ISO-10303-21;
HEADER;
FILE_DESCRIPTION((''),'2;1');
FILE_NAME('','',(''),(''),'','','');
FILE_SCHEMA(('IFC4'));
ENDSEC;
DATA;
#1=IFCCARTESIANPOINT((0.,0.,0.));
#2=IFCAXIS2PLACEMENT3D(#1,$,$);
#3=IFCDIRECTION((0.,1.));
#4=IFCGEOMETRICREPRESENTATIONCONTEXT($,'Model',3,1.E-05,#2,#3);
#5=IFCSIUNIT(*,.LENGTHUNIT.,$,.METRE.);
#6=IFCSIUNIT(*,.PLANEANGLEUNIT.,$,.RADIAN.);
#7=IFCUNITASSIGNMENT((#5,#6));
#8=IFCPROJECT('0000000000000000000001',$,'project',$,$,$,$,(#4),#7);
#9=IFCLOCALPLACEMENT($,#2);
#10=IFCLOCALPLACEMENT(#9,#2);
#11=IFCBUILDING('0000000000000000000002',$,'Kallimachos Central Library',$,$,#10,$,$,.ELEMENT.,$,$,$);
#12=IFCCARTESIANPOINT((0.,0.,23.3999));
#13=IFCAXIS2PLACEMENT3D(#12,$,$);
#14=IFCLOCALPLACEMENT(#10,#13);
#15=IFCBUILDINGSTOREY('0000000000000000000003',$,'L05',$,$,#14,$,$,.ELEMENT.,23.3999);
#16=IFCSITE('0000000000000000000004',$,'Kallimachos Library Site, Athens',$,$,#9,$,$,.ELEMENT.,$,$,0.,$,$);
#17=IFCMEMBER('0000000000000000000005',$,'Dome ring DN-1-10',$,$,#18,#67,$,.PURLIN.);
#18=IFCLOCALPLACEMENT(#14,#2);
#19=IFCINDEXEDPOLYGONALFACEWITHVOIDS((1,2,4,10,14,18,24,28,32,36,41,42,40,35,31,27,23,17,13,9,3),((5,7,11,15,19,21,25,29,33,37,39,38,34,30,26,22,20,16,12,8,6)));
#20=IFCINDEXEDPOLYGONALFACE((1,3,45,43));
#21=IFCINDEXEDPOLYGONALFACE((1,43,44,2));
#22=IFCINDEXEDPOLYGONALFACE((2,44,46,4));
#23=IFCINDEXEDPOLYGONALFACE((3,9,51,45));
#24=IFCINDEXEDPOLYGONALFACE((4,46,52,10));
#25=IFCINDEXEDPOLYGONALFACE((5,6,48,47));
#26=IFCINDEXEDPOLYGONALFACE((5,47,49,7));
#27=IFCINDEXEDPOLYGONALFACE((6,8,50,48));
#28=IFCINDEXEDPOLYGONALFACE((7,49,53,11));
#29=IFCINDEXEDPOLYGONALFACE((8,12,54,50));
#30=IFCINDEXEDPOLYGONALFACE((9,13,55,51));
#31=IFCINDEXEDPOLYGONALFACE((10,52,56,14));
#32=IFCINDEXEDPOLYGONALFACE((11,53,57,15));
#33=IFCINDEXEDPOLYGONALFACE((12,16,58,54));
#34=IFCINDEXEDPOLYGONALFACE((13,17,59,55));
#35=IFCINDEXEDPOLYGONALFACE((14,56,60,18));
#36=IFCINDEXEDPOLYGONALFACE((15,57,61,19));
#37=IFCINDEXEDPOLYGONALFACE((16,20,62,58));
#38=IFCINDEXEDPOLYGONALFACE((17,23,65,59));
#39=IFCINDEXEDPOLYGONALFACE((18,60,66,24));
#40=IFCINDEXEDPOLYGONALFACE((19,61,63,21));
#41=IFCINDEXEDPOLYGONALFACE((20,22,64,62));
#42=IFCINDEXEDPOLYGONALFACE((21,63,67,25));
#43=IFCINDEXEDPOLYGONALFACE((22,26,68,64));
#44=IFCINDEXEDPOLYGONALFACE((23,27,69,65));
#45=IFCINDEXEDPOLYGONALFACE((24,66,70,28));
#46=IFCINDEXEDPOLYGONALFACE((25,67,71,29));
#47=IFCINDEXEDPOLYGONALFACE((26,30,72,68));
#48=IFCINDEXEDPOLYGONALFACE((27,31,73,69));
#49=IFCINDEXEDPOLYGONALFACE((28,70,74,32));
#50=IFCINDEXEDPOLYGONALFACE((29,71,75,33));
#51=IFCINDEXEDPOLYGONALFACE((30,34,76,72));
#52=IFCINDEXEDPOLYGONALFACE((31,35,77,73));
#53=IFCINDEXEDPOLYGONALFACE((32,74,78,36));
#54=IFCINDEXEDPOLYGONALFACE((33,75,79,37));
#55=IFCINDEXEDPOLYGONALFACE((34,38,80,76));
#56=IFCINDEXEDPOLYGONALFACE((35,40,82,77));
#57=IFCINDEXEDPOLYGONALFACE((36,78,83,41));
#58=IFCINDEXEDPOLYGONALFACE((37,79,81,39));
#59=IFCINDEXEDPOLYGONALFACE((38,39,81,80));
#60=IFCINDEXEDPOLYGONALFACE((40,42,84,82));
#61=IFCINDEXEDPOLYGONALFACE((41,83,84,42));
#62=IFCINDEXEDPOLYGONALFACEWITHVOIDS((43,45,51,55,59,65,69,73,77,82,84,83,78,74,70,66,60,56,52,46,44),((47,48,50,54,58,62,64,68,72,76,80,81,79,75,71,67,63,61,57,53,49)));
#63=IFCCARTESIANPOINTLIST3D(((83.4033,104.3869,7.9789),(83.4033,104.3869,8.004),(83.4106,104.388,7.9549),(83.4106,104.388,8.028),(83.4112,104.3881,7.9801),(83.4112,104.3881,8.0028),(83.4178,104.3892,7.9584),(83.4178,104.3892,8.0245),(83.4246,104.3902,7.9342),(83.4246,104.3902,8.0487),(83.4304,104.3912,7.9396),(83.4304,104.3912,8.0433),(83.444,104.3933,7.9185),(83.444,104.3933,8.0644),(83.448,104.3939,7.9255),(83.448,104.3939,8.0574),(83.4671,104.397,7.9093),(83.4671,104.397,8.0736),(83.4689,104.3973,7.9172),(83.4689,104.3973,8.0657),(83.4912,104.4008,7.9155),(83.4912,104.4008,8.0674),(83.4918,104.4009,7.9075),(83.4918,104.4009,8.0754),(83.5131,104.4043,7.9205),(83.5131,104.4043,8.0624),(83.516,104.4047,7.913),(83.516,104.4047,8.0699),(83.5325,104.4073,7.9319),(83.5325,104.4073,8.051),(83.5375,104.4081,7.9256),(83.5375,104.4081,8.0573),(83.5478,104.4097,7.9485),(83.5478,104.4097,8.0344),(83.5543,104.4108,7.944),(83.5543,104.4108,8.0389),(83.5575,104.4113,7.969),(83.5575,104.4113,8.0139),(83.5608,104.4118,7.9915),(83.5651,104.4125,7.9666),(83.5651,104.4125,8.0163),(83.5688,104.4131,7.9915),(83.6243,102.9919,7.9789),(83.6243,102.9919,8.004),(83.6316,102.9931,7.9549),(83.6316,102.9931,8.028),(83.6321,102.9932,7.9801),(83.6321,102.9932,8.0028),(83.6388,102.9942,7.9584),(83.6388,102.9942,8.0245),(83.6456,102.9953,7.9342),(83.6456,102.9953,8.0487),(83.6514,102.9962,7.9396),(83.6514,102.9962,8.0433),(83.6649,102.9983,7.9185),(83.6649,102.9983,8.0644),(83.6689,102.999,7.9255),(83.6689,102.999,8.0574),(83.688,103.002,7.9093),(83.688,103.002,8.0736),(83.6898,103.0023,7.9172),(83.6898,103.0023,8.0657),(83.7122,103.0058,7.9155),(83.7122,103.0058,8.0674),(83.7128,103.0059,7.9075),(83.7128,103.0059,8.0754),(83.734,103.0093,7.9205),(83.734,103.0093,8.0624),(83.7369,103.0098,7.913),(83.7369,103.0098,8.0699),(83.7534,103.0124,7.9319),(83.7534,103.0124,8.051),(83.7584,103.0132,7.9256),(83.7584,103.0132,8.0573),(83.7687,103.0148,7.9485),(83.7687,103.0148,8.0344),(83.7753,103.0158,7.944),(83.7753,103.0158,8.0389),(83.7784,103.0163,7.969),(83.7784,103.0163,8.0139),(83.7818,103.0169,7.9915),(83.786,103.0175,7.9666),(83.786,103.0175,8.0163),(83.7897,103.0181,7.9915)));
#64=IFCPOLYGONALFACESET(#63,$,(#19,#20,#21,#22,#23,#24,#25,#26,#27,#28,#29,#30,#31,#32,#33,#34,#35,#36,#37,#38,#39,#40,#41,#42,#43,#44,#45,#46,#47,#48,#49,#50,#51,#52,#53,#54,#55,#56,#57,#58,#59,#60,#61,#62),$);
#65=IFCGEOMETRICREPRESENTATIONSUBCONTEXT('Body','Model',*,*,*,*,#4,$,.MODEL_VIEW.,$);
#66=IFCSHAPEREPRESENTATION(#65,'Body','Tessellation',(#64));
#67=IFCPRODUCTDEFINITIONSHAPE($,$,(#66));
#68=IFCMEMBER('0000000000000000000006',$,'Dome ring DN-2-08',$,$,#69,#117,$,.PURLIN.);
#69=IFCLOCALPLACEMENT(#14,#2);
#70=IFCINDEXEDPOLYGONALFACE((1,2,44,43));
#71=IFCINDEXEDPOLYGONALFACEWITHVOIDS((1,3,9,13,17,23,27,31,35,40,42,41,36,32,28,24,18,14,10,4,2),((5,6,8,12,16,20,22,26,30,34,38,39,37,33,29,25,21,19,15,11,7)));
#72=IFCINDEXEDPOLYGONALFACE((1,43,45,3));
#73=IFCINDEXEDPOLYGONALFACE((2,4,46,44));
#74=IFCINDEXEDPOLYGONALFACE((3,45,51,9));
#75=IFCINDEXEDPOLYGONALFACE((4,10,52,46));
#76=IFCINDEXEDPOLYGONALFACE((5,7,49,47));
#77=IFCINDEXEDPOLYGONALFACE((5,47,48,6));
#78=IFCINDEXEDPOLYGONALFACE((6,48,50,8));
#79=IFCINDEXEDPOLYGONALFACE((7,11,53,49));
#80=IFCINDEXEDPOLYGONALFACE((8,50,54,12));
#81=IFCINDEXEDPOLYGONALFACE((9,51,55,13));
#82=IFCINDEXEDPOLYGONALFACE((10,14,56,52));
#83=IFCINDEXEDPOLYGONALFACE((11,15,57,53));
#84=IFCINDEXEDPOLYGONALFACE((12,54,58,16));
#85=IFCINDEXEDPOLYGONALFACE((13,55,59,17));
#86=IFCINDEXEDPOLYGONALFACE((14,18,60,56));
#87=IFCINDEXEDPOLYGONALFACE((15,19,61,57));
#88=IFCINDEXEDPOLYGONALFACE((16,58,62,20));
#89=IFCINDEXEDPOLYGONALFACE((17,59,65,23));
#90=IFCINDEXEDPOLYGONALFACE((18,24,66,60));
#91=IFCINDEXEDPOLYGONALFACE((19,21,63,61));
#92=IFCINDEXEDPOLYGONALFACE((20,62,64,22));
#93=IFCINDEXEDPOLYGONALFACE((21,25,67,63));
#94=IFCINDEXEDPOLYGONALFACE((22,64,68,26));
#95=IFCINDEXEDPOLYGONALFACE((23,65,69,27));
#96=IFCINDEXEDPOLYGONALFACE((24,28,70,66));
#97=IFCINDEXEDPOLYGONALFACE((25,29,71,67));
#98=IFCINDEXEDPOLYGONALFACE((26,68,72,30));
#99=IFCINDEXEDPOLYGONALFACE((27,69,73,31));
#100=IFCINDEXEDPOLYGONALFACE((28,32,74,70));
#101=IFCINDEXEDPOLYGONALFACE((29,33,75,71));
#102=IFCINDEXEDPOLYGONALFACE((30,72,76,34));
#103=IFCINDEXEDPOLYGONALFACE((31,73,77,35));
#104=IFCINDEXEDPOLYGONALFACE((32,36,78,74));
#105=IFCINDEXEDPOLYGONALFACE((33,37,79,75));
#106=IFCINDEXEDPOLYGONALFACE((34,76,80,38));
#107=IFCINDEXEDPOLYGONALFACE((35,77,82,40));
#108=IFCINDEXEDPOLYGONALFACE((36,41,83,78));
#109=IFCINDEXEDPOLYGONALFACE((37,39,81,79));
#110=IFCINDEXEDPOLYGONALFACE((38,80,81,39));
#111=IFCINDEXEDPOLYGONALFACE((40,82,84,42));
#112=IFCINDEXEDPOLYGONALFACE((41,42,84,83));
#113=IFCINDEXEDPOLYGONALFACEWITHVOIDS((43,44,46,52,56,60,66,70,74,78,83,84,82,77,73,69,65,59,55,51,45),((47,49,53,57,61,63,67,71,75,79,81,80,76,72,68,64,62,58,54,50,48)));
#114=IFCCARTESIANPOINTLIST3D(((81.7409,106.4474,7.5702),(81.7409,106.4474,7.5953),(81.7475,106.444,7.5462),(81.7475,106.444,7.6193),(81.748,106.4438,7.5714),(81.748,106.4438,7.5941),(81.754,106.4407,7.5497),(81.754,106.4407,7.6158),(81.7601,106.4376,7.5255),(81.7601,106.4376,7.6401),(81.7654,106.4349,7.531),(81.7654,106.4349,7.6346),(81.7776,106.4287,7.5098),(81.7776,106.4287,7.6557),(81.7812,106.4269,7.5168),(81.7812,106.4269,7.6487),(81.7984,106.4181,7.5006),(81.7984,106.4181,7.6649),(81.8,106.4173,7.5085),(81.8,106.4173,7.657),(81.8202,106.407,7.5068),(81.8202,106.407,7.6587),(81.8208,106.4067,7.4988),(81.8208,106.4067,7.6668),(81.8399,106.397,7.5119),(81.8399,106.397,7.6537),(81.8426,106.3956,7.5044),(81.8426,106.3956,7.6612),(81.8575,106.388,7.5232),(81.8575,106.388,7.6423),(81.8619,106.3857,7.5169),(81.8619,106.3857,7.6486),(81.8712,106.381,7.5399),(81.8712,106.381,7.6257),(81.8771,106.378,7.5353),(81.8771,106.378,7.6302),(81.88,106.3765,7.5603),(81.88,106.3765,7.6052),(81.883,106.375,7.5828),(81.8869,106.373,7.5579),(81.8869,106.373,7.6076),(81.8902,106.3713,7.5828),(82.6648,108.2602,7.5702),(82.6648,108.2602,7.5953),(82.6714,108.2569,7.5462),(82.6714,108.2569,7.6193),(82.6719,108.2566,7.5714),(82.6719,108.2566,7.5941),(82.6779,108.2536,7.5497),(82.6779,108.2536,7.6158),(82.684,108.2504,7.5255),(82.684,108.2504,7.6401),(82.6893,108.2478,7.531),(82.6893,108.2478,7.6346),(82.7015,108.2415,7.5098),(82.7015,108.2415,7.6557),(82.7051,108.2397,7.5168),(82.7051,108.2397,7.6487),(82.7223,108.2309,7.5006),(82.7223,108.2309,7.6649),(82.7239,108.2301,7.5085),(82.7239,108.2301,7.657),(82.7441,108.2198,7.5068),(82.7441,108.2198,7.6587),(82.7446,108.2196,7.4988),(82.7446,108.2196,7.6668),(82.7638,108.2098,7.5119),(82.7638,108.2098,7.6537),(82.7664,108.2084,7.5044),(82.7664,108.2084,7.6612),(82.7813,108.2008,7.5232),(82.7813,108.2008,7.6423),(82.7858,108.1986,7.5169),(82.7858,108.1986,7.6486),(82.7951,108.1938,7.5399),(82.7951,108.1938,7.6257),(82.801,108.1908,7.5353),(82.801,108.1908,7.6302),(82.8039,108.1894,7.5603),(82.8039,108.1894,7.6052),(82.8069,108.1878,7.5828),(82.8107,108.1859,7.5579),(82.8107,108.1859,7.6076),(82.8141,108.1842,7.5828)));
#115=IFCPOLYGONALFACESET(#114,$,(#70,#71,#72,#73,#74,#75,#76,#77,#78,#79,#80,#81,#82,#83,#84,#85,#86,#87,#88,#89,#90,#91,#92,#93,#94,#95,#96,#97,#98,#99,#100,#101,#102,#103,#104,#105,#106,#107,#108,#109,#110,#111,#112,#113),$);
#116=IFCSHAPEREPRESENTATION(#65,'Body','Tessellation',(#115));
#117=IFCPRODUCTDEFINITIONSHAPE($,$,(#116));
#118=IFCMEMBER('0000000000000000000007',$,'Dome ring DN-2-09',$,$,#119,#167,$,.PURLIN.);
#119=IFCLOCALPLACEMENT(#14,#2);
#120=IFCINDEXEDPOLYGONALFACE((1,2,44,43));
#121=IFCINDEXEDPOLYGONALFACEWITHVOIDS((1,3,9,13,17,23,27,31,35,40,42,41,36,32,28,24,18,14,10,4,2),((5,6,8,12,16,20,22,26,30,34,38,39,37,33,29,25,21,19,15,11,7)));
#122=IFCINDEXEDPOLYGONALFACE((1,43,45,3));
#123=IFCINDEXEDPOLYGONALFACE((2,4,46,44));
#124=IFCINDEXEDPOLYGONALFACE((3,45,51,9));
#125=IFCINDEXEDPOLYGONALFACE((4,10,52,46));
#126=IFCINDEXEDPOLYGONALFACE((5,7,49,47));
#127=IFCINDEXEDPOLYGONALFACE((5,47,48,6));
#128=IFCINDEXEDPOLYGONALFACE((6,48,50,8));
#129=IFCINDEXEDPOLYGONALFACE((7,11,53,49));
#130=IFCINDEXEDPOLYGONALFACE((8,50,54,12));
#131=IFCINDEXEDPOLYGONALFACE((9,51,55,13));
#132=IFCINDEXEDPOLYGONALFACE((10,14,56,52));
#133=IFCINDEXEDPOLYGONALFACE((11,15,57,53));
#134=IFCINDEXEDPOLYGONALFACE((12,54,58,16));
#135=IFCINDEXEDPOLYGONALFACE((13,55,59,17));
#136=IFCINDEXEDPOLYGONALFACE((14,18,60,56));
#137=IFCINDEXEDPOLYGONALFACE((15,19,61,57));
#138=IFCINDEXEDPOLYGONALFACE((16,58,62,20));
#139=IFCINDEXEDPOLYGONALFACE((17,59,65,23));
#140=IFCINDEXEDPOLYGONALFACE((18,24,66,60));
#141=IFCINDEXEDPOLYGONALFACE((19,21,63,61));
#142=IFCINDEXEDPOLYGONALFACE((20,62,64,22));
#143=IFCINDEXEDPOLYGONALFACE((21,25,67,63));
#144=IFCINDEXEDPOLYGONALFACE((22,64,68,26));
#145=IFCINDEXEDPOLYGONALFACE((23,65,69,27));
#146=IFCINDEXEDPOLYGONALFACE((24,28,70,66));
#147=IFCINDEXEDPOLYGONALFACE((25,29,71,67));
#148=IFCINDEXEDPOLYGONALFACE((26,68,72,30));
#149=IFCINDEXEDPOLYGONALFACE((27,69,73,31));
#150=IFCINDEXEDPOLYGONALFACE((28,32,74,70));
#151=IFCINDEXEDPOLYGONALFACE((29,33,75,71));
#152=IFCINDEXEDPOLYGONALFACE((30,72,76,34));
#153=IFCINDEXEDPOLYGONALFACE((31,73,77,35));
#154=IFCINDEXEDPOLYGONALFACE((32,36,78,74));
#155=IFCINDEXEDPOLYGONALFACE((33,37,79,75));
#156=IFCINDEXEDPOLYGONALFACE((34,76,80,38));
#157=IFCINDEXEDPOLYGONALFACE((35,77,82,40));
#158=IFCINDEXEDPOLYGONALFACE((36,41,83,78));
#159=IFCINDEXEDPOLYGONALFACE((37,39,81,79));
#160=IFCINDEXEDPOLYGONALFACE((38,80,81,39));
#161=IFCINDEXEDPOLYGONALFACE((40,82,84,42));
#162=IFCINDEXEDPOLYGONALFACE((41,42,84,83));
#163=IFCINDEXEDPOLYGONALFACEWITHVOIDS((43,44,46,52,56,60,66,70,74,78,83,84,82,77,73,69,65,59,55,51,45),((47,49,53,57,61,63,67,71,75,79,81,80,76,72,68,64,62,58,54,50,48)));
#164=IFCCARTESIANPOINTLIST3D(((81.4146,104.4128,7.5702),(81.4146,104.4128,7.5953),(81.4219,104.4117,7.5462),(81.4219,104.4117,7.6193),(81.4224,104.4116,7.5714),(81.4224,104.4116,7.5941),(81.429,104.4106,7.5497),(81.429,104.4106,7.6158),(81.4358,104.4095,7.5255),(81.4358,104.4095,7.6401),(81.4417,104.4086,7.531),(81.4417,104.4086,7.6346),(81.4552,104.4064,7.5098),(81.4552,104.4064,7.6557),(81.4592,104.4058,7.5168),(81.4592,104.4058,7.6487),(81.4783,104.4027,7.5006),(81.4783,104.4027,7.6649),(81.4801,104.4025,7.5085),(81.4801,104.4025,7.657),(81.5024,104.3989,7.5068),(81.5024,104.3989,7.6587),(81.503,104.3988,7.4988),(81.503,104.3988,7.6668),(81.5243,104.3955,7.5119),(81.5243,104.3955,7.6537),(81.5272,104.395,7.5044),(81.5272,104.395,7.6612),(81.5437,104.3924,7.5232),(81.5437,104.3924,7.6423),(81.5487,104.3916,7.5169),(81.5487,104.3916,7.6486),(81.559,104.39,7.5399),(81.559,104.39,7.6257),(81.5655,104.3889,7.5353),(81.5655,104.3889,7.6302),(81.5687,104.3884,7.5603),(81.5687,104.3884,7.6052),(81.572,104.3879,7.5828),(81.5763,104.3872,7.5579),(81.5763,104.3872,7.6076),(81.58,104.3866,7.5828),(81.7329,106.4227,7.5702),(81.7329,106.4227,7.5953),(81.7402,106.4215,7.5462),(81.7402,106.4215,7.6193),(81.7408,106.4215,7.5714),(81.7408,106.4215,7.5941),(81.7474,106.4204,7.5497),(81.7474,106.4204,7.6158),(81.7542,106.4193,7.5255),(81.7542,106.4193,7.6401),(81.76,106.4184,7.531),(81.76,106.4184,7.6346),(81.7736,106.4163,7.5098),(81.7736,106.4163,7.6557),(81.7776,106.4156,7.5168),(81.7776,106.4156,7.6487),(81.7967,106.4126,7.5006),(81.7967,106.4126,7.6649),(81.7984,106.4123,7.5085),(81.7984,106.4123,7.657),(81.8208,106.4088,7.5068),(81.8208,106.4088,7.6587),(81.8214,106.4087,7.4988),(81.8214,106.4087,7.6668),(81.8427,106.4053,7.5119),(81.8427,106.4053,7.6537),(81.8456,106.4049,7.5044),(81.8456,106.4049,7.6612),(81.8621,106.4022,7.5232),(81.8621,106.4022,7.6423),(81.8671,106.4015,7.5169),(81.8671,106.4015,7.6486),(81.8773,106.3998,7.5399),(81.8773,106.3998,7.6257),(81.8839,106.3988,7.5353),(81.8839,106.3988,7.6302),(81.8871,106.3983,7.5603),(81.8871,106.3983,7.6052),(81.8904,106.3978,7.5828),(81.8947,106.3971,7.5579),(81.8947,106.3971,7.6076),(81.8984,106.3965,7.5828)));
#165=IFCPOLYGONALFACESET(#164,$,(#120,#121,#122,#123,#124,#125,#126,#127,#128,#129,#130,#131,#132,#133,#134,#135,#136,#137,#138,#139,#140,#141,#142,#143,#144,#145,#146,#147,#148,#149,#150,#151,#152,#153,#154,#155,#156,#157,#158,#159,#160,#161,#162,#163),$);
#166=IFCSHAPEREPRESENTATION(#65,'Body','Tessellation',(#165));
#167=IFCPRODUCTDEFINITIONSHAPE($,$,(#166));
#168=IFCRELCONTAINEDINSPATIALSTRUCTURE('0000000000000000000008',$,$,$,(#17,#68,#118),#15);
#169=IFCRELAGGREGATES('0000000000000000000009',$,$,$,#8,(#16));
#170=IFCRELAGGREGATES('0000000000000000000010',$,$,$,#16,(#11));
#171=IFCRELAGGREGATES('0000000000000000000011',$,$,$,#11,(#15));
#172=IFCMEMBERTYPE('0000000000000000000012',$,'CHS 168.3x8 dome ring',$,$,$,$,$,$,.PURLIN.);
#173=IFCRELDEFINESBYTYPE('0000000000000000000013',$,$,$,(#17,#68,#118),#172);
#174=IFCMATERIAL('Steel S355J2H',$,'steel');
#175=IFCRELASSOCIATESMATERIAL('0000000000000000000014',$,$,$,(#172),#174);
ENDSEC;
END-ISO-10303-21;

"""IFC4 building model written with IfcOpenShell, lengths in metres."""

from ifc_helpers import new_model, si_unit, direction, frame, origin, origin_2d, place, context, subcontext, project, spatial, hollow_circle, extrude, material, material_profile, profile_set, type_object, element, save


model = new_model("IFC4")

# Units and contexts
model_context = context("Model", 3, precision=1e-05, world=origin(), true_north=direction((0.0, 1.0)))
body_context = subcontext(model_context, "Body", "Model", "MODEL_VIEW")
ifc_project = project(units=[si_unit("LENGTHUNIT", "METRE"), si_unit("PLANEANGLEUNIT", "RADIAN")], contexts=[model_context])

# Site, building, storey
site_placement = place(None, origin())
site = spatial("IfcSite", under=ifc_project, at=site_placement, Name="Kallimachos Library Site, Athens", CompositionType="ELEMENT", RefElevation=0.0)
building_placement = place(site_placement, origin())
building = spatial("IfcBuilding", under=site, at=building_placement, Name="Kallimachos Central Library", CompositionType="ELEMENT")
storey_placement = place(building_placement, frame((0.0, 0.0, 23.3999)))
storey = spatial("IfcBuildingStorey", under=building, at=storey_placement, Name="L05", CompositionType="ELEMENT", Elevation=23.3999)

# Members
ifc_material_1 = material(Name="Steel S355J2H", Category="steel")
ifc_material_profile_1 = material_profile(ifc_material_1, hollow_circle(Radius=0.0842, WallThickness=0.0081, at=origin_2d()), Name="CHS 168.3x8")
ifc_profile_set_1 = profile_set([ifc_material_profile_1], Name="Steel S355J2H")
member_type_1 = type_object("IfcMemberType", Name="CHS 168.3x8 dome ring", PredefinedType="PURLIN", material=ifc_profile_set_1)
for number, where, z_axis, x_axis, name in (
    (1, (83.4856, 104.3999, 7.9915), (0.156433, -0.987689, 0.0), (0.987689, 0.156433, 0.0), "Dome ring DN-1-10"),
):
    element("IfcMember", number, at=place(storey_placement, frame(where, z_axis=z_axis, x_axis=x_axis)), inside=storey, type_object=member_type_1, Name=name, PredefinedType="PURLIN", context=body_context, shape_type="SweptSolid", body=[
        extrude(hollow_circle(Radius=0.0842, WallThickness=0.0081, at=origin_2d()), origin(), (0.0, 0.0, 1.0), 1.4124),
    ])
member_1_placement = place(storey_placement, frame((82.739, 108.2224, 7.5828), z_axis=(-0.454064, -0.890969, 0.0), x_axis=(0.890969, -0.454064, 0.0)))
element("IfcMember", 2, at=member_1_placement, inside=storey, type_object=member_type_1, Name="Dome ring DN-2-08", PredefinedType="PURLIN", context=body_context, shape_type="SweptSolid", body=[
    extrude(hollow_circle(Radius=0.0842, WallThickness=0.0081, at=origin_2d()), origin(), (0.0, 0.0, 1.0), 2.0347),
])
member_2_placement = place(storey_placement, frame((81.8152, 106.4097, 7.5828), z_axis=(-0.156455, -0.987685, 0.0), x_axis=(0.987685, -0.156455, 0.0)))
element("IfcMember", 3, at=member_2_placement, inside=storey, type_object=member_type_1, Name="Dome ring DN-2-09", PredefinedType="PURLIN", context=body_context, shape_type="SweptSolid", body=[
    extrude(hollow_circle(Radius=0.0842, WallThickness=0.0081, at=origin_2d()), origin(), (0.0, 0.0, 1.0), 2.0349),
])

save(model, "model.ifc")
